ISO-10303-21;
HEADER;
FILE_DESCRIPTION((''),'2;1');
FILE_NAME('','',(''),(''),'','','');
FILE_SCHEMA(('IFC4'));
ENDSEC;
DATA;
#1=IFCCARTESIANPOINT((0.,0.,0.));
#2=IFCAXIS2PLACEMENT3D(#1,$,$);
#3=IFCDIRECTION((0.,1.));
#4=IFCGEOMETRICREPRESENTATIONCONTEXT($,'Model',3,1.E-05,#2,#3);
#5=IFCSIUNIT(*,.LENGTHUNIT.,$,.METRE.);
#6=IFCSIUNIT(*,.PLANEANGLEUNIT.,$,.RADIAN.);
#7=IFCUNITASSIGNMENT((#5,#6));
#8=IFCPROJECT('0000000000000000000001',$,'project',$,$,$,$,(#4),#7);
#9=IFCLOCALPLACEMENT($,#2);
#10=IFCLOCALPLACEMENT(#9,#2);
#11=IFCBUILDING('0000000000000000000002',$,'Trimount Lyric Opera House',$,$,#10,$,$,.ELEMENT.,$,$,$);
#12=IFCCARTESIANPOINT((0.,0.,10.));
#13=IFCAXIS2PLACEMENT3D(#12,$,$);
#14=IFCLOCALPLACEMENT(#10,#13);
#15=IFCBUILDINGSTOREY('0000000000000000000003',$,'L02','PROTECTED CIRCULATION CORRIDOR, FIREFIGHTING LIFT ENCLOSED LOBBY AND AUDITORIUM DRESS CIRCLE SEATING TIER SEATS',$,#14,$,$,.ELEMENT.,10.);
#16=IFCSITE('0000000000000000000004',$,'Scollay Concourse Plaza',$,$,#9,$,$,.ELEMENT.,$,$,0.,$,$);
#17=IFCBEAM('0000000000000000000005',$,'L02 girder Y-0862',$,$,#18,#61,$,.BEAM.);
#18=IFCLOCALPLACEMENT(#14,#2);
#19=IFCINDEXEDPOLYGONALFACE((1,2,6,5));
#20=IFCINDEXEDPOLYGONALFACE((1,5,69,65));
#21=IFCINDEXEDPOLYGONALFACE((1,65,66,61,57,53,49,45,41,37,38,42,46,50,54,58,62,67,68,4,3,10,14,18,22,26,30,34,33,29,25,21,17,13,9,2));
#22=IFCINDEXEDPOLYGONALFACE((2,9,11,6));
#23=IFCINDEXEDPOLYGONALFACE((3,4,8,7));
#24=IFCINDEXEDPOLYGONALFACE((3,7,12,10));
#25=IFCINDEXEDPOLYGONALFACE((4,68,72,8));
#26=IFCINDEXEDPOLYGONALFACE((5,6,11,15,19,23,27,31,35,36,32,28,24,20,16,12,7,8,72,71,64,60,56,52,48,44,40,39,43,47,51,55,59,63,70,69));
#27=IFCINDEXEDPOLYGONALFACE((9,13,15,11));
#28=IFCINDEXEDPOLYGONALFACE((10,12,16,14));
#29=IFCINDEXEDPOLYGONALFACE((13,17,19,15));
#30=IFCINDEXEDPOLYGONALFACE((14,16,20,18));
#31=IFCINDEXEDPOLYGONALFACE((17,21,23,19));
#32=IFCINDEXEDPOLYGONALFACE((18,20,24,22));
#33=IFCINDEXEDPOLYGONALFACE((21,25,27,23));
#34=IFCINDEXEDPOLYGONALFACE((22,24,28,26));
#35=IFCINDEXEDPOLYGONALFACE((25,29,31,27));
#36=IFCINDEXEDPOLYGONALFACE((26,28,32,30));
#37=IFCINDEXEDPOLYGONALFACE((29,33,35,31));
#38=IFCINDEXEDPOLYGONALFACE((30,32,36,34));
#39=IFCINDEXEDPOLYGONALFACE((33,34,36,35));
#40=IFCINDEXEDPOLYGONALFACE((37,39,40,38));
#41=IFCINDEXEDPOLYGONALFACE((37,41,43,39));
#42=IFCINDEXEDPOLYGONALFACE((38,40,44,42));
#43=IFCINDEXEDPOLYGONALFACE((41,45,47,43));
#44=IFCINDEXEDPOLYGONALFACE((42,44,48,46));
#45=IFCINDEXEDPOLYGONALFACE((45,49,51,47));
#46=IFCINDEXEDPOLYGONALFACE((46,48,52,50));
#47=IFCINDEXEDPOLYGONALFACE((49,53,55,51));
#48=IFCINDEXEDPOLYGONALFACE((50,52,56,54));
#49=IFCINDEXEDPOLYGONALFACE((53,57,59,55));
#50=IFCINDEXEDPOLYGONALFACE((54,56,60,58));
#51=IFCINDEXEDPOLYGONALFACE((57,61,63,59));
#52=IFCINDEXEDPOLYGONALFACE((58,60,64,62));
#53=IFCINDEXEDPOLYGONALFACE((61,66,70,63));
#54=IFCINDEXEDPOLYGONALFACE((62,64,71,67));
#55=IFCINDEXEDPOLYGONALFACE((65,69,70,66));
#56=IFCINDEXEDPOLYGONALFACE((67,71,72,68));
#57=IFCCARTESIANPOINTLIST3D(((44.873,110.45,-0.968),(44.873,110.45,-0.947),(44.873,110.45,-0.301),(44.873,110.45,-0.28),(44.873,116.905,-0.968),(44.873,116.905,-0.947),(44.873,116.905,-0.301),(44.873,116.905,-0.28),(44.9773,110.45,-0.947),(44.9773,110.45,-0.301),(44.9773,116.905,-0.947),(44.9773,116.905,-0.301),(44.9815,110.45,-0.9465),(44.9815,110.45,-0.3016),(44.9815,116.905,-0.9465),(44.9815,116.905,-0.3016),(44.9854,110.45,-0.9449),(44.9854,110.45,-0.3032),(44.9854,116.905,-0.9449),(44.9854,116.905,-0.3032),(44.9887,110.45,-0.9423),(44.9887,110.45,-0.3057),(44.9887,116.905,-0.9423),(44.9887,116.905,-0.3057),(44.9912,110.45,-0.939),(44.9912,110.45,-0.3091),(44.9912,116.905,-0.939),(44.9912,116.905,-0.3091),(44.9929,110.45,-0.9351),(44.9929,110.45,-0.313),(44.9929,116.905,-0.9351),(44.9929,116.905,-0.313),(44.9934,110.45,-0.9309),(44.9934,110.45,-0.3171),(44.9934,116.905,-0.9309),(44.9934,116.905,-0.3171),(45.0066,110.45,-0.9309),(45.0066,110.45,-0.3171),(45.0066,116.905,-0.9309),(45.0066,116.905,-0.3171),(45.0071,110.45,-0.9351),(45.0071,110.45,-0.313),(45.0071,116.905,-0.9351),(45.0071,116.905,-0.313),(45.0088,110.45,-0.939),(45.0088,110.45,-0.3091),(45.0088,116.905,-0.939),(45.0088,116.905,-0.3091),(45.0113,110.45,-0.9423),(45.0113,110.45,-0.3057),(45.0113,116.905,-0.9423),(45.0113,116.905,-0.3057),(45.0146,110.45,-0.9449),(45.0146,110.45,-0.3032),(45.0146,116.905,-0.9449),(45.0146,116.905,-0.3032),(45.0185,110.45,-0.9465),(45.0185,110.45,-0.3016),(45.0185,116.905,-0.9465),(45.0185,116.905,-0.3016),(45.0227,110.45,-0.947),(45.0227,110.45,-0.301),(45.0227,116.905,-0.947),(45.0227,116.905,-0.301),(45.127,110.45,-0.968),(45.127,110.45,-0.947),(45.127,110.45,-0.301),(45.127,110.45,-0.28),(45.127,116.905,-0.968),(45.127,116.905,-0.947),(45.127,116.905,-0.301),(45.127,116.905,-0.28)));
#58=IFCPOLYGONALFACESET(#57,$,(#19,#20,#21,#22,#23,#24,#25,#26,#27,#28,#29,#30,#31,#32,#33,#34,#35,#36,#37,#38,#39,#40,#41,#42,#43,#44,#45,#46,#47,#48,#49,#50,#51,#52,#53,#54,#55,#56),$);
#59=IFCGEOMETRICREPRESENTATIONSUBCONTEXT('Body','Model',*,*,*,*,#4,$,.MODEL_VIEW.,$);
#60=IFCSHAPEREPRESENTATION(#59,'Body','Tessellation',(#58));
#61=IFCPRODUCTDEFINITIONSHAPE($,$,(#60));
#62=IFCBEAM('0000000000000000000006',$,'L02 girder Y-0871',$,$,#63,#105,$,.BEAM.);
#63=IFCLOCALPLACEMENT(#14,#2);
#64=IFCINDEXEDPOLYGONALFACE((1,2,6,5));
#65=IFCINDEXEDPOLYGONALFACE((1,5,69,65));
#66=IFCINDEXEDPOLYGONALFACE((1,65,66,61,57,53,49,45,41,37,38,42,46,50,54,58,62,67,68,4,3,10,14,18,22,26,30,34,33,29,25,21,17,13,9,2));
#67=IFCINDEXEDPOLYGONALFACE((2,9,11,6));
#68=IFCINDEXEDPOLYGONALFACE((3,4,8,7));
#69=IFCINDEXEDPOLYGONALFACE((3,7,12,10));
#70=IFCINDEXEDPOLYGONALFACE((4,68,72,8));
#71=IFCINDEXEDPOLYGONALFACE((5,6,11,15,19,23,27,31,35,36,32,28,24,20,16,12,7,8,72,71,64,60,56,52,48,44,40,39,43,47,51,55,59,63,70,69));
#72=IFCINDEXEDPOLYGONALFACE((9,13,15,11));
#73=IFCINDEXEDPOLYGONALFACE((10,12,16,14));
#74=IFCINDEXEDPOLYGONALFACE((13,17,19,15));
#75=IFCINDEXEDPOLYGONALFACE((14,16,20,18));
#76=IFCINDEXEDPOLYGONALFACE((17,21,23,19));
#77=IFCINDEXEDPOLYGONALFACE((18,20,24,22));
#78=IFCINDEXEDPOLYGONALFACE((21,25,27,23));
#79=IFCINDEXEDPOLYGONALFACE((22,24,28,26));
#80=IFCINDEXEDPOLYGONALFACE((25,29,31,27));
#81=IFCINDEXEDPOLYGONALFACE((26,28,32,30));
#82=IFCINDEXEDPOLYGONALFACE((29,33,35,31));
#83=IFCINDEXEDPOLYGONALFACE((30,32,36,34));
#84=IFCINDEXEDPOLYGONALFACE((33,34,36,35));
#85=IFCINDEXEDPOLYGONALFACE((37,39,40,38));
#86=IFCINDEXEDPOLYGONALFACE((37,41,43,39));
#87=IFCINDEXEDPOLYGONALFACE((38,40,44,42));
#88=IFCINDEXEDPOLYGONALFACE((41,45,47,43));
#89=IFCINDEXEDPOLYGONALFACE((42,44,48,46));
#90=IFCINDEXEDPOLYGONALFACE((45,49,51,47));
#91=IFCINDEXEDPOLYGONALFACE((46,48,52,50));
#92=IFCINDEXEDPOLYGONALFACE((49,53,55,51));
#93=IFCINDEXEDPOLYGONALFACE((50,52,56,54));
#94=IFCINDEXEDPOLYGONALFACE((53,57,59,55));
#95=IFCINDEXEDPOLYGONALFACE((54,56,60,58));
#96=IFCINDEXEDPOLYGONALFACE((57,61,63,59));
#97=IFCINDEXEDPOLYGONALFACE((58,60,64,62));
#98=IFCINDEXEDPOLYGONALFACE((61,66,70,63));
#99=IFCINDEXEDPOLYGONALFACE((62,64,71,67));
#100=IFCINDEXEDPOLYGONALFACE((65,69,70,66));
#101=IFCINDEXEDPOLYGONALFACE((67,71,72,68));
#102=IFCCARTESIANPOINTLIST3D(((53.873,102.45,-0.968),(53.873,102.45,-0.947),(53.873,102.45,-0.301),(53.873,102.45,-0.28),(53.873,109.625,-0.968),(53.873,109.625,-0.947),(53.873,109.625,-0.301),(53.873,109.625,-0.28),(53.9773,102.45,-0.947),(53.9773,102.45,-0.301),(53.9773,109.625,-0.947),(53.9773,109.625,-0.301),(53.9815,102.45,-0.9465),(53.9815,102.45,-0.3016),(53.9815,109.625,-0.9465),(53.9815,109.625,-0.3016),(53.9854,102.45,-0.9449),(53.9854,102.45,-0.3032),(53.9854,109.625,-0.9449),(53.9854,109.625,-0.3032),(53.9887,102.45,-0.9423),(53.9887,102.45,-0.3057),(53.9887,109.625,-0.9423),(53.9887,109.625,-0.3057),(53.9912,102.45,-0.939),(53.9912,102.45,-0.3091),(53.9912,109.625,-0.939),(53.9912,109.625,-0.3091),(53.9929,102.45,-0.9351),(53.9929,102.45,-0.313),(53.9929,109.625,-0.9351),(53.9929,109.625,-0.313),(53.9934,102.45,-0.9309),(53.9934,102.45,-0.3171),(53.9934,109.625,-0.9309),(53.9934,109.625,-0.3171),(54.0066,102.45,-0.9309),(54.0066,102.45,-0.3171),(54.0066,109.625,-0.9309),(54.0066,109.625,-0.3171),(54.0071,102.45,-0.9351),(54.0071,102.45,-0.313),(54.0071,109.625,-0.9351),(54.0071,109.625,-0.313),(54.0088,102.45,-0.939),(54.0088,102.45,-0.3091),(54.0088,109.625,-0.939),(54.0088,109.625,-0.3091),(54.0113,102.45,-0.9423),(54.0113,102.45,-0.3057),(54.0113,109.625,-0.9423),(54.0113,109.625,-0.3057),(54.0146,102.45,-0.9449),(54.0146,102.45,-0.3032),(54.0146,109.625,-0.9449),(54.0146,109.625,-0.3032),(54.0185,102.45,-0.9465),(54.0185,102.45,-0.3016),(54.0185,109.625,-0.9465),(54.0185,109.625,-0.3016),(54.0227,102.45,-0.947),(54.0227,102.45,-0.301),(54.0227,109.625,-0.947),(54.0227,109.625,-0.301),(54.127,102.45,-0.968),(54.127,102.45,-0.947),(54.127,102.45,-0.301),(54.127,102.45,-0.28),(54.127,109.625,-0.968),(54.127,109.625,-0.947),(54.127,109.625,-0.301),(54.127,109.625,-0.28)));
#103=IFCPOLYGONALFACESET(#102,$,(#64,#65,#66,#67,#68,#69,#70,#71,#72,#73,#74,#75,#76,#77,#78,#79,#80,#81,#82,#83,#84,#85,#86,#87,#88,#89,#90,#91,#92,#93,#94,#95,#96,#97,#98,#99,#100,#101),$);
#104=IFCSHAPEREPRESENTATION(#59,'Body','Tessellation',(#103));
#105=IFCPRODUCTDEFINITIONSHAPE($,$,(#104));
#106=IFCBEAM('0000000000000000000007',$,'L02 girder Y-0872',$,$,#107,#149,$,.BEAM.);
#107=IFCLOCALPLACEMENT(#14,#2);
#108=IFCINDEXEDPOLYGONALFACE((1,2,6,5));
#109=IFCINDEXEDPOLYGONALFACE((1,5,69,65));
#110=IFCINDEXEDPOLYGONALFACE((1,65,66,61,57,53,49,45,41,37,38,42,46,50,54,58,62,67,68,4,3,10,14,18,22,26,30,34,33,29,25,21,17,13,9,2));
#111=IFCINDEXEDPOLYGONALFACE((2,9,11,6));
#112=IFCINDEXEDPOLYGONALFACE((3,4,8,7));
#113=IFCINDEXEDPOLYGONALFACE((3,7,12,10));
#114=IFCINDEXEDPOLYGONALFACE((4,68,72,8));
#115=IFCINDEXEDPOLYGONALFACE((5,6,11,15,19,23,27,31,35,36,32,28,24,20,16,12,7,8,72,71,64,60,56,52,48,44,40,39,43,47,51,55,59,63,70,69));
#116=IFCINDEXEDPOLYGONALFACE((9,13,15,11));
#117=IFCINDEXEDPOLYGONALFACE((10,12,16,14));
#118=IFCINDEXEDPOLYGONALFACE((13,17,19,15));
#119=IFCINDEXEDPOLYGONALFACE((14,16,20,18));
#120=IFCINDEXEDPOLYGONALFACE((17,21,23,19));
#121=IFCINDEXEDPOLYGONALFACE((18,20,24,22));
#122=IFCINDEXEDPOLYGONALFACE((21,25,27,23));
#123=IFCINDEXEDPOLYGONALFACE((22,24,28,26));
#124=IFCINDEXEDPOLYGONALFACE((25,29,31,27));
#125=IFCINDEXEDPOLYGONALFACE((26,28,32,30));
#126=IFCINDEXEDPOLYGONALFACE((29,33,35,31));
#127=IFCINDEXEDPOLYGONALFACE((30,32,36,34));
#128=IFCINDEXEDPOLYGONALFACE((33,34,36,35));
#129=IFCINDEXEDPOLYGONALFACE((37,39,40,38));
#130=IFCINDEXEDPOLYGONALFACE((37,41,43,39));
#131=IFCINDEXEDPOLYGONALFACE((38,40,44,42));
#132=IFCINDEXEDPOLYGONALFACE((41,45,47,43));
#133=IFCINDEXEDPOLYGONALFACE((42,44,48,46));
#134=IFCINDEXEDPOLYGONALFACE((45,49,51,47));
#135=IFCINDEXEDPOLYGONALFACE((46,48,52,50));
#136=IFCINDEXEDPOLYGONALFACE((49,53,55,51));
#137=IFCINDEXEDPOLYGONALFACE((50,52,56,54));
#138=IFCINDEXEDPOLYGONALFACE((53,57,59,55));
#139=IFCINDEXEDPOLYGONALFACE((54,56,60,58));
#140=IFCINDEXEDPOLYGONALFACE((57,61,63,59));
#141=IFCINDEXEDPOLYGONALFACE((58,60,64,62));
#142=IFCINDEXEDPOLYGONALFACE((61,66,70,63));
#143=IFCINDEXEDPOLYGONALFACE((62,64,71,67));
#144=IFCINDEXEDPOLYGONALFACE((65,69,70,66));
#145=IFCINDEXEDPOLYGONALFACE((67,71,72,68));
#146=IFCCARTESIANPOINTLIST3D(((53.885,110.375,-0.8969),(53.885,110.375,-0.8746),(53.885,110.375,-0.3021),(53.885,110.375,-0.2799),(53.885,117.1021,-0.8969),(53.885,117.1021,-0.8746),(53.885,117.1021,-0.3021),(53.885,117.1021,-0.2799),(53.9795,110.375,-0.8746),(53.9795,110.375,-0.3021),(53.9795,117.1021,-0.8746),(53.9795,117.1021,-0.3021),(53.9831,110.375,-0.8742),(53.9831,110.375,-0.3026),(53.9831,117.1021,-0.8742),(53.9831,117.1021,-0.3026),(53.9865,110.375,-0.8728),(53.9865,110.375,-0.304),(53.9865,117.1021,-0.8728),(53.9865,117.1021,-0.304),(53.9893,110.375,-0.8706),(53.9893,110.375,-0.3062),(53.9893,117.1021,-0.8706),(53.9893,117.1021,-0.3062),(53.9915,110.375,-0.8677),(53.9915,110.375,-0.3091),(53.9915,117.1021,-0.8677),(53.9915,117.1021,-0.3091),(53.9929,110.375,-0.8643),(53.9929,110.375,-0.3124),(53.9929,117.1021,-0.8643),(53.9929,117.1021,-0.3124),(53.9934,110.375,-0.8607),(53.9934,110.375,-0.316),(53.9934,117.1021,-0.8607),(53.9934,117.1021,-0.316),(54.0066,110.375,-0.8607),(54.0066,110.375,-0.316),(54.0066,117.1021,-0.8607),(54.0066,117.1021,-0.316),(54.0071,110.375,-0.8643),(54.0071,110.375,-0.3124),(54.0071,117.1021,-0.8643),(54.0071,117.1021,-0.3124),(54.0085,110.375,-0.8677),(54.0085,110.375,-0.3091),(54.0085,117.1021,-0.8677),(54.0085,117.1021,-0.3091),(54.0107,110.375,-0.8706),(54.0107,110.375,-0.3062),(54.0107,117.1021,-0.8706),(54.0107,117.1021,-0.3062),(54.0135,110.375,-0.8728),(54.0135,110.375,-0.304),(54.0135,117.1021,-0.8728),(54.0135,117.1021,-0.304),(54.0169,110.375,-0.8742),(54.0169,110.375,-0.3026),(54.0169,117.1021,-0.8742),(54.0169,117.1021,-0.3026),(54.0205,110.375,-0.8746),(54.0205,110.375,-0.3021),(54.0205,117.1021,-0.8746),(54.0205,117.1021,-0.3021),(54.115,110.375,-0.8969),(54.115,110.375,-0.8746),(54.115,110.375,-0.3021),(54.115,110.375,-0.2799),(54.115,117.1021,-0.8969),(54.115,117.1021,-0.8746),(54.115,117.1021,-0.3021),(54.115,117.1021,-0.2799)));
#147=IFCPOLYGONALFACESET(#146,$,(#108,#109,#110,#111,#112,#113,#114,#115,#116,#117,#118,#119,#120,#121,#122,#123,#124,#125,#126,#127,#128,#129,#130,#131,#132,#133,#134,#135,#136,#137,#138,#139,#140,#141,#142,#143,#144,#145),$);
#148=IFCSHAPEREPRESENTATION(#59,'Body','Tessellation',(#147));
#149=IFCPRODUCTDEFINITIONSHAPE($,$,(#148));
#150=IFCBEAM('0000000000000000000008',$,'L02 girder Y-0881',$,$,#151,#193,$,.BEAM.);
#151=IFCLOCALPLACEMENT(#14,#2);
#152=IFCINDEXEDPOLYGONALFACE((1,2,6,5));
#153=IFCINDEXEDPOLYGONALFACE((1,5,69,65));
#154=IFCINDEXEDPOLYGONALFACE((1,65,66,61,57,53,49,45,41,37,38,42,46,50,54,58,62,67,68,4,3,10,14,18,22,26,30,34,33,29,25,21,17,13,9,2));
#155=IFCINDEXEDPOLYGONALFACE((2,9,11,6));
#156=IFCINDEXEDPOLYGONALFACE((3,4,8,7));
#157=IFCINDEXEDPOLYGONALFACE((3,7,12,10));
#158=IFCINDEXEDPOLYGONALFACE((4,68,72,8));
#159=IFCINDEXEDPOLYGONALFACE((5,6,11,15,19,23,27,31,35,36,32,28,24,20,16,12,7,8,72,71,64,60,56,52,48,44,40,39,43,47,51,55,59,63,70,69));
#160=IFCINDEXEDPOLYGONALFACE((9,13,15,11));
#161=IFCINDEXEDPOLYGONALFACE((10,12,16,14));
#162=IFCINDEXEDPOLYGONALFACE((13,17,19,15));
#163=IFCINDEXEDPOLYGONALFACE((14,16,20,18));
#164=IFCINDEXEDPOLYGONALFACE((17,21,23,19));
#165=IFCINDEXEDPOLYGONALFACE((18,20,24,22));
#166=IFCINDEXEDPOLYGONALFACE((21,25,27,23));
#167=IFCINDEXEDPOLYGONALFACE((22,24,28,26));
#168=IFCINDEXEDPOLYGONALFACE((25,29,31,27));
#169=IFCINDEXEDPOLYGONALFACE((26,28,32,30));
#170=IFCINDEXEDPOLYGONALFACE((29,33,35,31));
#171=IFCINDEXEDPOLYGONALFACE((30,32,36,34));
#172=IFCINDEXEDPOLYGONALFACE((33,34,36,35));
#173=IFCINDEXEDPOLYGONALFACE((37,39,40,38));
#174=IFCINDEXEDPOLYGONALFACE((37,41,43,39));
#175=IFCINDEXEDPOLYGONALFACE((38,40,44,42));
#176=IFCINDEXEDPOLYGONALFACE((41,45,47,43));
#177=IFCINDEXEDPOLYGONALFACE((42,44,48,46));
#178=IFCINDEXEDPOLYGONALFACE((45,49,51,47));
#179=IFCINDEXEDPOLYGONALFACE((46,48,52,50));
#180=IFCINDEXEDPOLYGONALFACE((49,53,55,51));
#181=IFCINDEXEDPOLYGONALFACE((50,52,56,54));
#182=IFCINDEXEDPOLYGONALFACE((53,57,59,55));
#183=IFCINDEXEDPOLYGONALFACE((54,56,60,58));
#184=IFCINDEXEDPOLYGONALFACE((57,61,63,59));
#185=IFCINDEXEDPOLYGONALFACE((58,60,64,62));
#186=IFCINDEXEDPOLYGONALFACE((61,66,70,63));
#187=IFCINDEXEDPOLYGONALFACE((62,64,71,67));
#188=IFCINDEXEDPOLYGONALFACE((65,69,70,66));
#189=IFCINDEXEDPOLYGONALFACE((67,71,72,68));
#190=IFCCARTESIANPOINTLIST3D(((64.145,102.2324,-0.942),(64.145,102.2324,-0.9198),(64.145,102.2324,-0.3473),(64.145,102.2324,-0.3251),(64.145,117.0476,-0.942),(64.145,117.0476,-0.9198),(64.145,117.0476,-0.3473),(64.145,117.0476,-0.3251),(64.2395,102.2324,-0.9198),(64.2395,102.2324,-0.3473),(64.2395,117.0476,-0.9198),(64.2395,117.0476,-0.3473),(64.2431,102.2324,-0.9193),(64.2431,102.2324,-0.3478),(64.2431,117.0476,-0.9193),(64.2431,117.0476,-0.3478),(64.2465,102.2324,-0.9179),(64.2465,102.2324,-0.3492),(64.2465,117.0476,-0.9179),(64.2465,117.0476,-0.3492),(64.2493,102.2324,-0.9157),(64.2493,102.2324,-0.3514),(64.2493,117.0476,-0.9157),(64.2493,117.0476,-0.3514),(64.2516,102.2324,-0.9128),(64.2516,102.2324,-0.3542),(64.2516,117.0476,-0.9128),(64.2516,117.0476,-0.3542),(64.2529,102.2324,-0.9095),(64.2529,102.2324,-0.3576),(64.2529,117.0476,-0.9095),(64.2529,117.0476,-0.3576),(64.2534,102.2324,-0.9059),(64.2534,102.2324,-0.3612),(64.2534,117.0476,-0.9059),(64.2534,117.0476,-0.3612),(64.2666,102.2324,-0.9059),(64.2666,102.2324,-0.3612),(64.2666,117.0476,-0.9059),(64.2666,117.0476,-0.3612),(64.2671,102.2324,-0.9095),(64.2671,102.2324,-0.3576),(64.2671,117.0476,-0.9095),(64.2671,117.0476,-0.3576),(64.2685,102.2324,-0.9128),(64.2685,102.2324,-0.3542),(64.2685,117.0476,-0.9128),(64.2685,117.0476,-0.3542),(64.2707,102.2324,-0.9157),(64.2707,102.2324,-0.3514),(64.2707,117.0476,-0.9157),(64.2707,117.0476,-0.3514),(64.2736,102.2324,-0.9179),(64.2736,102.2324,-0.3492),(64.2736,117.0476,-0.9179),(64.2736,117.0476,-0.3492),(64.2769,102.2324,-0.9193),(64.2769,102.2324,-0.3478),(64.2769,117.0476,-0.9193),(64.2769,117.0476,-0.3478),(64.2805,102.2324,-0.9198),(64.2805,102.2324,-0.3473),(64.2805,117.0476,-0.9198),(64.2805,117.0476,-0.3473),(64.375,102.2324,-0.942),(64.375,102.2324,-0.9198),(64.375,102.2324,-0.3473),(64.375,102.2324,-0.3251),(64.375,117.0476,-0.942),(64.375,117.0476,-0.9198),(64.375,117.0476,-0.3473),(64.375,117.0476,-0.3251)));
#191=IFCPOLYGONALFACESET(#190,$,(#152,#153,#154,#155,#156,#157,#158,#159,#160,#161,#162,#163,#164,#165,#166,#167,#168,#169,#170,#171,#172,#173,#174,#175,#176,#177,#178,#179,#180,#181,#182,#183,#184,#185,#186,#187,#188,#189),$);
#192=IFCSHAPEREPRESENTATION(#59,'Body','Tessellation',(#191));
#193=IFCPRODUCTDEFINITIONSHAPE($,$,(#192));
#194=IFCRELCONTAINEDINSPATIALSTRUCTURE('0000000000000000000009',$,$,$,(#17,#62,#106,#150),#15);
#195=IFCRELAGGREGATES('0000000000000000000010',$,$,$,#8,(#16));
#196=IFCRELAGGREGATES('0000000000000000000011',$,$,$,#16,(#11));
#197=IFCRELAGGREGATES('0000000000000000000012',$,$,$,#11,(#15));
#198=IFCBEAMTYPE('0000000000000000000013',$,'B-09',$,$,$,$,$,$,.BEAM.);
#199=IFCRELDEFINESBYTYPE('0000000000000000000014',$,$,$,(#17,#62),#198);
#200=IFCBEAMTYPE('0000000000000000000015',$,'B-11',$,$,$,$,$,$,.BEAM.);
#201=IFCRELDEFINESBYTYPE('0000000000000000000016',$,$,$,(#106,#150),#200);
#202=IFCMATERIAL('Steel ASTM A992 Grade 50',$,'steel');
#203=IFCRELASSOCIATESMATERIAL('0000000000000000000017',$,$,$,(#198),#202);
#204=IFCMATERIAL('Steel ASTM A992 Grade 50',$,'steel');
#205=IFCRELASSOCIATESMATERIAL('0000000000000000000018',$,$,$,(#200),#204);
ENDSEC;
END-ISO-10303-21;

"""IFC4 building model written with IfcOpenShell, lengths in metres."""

from ifc_helpers import new_model, si_unit, direction, frame, origin, origin_2d, place, context, subcontext, project, spatial, i_section, extrude, material, material_profile, profile_set, type_object, element, save


model = new_model("IFC4")

# Units and contexts
model_context = context("Model", 3, precision=1e-05, world=origin(), true_north=direction((0.0, 1.0)))
body_context = subcontext(model_context, "Body", "Model", "MODEL_VIEW")
ifc_project = project(units=[si_unit("LENGTHUNIT", "METRE"), si_unit("PLANEANGLEUNIT", "RADIAN")], contexts=[model_context])

# Site, building, storey
site_placement = place(None, origin())
site = spatial("IfcSite", under=ifc_project, at=site_placement, Name="Scollay Concourse Plaza", CompositionType="ELEMENT", RefElevation=0.0)
building_placement = place(site_placement, origin())
building = spatial("IfcBuilding", under=site, at=building_placement, Name="Trimount Lyric Opera House", CompositionType="ELEMENT")
storey_placement = place(building_placement, frame((0.0, 0.0, 10.0)))
storey = spatial("IfcBuildingStorey", under=building, at=storey_placement, Name="L02", Description="PROTECTED CIRCULATION CORRIDOR, FIREFIGHTING LIFT ENCLOSED LOBBY AND AUDITORIUM DRESS CIRCLE SEATING TIER SEATS", CompositionType="ELEMENT", Elevation=10.0)

# Beams
ifc_material_1 = material(Name="Steel ASTM A992 Grade 50", Category="steel")
ifc_material_profile_1 = material_profile(ifc_material_1, i_section(OverallWidth=0.2539, OverallDepth=0.688, WebThickness=0.0132, FlangeThickness=0.021, FilletRadius=0.0161, at=origin_2d()), Name="W27X102")
ifc_profile_set_1 = profile_set([ifc_material_profile_1], Name="Steel ASTM A992 Grade 50")
beam_type_1 = type_object("IfcBeamType", Name="B-09", PredefinedType="BEAM", material=ifc_profile_set_1)
beam_1_placement = place(storey_placement, frame((45.0, 110.45, -0.624), z_axis=(0.0, 1.0, 0.0), x_axis=(-1.0, 0.0, 0.0)))
element("IfcBeam", 1, at=beam_1_placement, inside=storey, type_object=beam_type_1, Name="L02 girder Y-0862", PredefinedType="BEAM", context=body_context, shape_type="SweptSolid", body=[
    extrude(i_section(OverallWidth=0.2539, OverallDepth=0.688, WebThickness=0.0132, FlangeThickness=0.021, FilletRadius=0.0161, at=origin_2d()), origin(), (0.0, 0.0, 1.0), 6.4551),
])
beam_2_placement = place(storey_placement, frame((54.0, 102.45, -0.624), z_axis=(0.0, 1.0, 0.0), x_axis=(-1.0, 0.0, 0.0)))
element("IfcBeam", 2, at=beam_2_placement, inside=storey, type_object=beam_type_1, Name="L02 girder Y-0871", PredefinedType="BEAM", context=body_context, shape_type="SweptSolid", body=[
    extrude(i_section(OverallWidth=0.2539, OverallDepth=0.688, WebThickness=0.0132, FlangeThickness=0.021, FilletRadius=0.0161, at=origin_2d()), origin(), (0.0, 0.0, 1.0), 7.175),
])
ifc_material_2 = material(Name="Steel ASTM A992 Grade 50", Category="steel")
ifc_material_profile_2 = material_profile(ifc_material_2, i_section(OverallWidth=0.23, OverallDepth=0.6169, WebThickness=0.0132, FlangeThickness=0.0222, FilletRadius=0.0139, at=origin_2d()), Name="W24X94")
ifc_profile_set_2 = profile_set([ifc_material_profile_2], Name="Steel ASTM A992 Grade 50")
beam_type_2 = type_object("IfcBeamType", Name="B-11", PredefinedType="BEAM", material=ifc_profile_set_2)
beam_3_placement = place(storey_placement, frame((54.0, 110.375, -0.5884), z_axis=(0.0, 1.0, 0.0), x_axis=(-1.0, 0.0, 0.0)))
element("IfcBeam", 3, at=beam_3_placement, inside=storey, type_object=beam_type_2, Name="L02 girder Y-0872", PredefinedType="BEAM", context=body_context, shape_type="SweptSolid", body=[
    extrude(i_section(OverallWidth=0.23, OverallDepth=0.6169, WebThickness=0.0132, FlangeThickness=0.0222, FilletRadius=0.0139, at=origin_2d()), origin(), (0.0, 0.0, 1.0), 6.7271),
])
beam_4_placement = place(storey_placement, frame((64.26, 102.2324, -0.6335), z_axis=(0.0, 1.0, 0.0), x_axis=(-1.0, 0.0, 0.0)))
element("IfcBeam", 4, at=beam_4_placement, inside=storey, type_object=beam_type_2, Name="L02 girder Y-0881", PredefinedType="BEAM", context=body_context, shape_type="SweptSolid", body=[
    extrude(i_section(OverallWidth=0.23, OverallDepth=0.6169, WebThickness=0.0132, FlangeThickness=0.0222, FilletRadius=0.0139, at=origin_2d()), origin(), (0.0, 0.0, 1.0), 14.8152),
])

save(model, "model.ifc")
